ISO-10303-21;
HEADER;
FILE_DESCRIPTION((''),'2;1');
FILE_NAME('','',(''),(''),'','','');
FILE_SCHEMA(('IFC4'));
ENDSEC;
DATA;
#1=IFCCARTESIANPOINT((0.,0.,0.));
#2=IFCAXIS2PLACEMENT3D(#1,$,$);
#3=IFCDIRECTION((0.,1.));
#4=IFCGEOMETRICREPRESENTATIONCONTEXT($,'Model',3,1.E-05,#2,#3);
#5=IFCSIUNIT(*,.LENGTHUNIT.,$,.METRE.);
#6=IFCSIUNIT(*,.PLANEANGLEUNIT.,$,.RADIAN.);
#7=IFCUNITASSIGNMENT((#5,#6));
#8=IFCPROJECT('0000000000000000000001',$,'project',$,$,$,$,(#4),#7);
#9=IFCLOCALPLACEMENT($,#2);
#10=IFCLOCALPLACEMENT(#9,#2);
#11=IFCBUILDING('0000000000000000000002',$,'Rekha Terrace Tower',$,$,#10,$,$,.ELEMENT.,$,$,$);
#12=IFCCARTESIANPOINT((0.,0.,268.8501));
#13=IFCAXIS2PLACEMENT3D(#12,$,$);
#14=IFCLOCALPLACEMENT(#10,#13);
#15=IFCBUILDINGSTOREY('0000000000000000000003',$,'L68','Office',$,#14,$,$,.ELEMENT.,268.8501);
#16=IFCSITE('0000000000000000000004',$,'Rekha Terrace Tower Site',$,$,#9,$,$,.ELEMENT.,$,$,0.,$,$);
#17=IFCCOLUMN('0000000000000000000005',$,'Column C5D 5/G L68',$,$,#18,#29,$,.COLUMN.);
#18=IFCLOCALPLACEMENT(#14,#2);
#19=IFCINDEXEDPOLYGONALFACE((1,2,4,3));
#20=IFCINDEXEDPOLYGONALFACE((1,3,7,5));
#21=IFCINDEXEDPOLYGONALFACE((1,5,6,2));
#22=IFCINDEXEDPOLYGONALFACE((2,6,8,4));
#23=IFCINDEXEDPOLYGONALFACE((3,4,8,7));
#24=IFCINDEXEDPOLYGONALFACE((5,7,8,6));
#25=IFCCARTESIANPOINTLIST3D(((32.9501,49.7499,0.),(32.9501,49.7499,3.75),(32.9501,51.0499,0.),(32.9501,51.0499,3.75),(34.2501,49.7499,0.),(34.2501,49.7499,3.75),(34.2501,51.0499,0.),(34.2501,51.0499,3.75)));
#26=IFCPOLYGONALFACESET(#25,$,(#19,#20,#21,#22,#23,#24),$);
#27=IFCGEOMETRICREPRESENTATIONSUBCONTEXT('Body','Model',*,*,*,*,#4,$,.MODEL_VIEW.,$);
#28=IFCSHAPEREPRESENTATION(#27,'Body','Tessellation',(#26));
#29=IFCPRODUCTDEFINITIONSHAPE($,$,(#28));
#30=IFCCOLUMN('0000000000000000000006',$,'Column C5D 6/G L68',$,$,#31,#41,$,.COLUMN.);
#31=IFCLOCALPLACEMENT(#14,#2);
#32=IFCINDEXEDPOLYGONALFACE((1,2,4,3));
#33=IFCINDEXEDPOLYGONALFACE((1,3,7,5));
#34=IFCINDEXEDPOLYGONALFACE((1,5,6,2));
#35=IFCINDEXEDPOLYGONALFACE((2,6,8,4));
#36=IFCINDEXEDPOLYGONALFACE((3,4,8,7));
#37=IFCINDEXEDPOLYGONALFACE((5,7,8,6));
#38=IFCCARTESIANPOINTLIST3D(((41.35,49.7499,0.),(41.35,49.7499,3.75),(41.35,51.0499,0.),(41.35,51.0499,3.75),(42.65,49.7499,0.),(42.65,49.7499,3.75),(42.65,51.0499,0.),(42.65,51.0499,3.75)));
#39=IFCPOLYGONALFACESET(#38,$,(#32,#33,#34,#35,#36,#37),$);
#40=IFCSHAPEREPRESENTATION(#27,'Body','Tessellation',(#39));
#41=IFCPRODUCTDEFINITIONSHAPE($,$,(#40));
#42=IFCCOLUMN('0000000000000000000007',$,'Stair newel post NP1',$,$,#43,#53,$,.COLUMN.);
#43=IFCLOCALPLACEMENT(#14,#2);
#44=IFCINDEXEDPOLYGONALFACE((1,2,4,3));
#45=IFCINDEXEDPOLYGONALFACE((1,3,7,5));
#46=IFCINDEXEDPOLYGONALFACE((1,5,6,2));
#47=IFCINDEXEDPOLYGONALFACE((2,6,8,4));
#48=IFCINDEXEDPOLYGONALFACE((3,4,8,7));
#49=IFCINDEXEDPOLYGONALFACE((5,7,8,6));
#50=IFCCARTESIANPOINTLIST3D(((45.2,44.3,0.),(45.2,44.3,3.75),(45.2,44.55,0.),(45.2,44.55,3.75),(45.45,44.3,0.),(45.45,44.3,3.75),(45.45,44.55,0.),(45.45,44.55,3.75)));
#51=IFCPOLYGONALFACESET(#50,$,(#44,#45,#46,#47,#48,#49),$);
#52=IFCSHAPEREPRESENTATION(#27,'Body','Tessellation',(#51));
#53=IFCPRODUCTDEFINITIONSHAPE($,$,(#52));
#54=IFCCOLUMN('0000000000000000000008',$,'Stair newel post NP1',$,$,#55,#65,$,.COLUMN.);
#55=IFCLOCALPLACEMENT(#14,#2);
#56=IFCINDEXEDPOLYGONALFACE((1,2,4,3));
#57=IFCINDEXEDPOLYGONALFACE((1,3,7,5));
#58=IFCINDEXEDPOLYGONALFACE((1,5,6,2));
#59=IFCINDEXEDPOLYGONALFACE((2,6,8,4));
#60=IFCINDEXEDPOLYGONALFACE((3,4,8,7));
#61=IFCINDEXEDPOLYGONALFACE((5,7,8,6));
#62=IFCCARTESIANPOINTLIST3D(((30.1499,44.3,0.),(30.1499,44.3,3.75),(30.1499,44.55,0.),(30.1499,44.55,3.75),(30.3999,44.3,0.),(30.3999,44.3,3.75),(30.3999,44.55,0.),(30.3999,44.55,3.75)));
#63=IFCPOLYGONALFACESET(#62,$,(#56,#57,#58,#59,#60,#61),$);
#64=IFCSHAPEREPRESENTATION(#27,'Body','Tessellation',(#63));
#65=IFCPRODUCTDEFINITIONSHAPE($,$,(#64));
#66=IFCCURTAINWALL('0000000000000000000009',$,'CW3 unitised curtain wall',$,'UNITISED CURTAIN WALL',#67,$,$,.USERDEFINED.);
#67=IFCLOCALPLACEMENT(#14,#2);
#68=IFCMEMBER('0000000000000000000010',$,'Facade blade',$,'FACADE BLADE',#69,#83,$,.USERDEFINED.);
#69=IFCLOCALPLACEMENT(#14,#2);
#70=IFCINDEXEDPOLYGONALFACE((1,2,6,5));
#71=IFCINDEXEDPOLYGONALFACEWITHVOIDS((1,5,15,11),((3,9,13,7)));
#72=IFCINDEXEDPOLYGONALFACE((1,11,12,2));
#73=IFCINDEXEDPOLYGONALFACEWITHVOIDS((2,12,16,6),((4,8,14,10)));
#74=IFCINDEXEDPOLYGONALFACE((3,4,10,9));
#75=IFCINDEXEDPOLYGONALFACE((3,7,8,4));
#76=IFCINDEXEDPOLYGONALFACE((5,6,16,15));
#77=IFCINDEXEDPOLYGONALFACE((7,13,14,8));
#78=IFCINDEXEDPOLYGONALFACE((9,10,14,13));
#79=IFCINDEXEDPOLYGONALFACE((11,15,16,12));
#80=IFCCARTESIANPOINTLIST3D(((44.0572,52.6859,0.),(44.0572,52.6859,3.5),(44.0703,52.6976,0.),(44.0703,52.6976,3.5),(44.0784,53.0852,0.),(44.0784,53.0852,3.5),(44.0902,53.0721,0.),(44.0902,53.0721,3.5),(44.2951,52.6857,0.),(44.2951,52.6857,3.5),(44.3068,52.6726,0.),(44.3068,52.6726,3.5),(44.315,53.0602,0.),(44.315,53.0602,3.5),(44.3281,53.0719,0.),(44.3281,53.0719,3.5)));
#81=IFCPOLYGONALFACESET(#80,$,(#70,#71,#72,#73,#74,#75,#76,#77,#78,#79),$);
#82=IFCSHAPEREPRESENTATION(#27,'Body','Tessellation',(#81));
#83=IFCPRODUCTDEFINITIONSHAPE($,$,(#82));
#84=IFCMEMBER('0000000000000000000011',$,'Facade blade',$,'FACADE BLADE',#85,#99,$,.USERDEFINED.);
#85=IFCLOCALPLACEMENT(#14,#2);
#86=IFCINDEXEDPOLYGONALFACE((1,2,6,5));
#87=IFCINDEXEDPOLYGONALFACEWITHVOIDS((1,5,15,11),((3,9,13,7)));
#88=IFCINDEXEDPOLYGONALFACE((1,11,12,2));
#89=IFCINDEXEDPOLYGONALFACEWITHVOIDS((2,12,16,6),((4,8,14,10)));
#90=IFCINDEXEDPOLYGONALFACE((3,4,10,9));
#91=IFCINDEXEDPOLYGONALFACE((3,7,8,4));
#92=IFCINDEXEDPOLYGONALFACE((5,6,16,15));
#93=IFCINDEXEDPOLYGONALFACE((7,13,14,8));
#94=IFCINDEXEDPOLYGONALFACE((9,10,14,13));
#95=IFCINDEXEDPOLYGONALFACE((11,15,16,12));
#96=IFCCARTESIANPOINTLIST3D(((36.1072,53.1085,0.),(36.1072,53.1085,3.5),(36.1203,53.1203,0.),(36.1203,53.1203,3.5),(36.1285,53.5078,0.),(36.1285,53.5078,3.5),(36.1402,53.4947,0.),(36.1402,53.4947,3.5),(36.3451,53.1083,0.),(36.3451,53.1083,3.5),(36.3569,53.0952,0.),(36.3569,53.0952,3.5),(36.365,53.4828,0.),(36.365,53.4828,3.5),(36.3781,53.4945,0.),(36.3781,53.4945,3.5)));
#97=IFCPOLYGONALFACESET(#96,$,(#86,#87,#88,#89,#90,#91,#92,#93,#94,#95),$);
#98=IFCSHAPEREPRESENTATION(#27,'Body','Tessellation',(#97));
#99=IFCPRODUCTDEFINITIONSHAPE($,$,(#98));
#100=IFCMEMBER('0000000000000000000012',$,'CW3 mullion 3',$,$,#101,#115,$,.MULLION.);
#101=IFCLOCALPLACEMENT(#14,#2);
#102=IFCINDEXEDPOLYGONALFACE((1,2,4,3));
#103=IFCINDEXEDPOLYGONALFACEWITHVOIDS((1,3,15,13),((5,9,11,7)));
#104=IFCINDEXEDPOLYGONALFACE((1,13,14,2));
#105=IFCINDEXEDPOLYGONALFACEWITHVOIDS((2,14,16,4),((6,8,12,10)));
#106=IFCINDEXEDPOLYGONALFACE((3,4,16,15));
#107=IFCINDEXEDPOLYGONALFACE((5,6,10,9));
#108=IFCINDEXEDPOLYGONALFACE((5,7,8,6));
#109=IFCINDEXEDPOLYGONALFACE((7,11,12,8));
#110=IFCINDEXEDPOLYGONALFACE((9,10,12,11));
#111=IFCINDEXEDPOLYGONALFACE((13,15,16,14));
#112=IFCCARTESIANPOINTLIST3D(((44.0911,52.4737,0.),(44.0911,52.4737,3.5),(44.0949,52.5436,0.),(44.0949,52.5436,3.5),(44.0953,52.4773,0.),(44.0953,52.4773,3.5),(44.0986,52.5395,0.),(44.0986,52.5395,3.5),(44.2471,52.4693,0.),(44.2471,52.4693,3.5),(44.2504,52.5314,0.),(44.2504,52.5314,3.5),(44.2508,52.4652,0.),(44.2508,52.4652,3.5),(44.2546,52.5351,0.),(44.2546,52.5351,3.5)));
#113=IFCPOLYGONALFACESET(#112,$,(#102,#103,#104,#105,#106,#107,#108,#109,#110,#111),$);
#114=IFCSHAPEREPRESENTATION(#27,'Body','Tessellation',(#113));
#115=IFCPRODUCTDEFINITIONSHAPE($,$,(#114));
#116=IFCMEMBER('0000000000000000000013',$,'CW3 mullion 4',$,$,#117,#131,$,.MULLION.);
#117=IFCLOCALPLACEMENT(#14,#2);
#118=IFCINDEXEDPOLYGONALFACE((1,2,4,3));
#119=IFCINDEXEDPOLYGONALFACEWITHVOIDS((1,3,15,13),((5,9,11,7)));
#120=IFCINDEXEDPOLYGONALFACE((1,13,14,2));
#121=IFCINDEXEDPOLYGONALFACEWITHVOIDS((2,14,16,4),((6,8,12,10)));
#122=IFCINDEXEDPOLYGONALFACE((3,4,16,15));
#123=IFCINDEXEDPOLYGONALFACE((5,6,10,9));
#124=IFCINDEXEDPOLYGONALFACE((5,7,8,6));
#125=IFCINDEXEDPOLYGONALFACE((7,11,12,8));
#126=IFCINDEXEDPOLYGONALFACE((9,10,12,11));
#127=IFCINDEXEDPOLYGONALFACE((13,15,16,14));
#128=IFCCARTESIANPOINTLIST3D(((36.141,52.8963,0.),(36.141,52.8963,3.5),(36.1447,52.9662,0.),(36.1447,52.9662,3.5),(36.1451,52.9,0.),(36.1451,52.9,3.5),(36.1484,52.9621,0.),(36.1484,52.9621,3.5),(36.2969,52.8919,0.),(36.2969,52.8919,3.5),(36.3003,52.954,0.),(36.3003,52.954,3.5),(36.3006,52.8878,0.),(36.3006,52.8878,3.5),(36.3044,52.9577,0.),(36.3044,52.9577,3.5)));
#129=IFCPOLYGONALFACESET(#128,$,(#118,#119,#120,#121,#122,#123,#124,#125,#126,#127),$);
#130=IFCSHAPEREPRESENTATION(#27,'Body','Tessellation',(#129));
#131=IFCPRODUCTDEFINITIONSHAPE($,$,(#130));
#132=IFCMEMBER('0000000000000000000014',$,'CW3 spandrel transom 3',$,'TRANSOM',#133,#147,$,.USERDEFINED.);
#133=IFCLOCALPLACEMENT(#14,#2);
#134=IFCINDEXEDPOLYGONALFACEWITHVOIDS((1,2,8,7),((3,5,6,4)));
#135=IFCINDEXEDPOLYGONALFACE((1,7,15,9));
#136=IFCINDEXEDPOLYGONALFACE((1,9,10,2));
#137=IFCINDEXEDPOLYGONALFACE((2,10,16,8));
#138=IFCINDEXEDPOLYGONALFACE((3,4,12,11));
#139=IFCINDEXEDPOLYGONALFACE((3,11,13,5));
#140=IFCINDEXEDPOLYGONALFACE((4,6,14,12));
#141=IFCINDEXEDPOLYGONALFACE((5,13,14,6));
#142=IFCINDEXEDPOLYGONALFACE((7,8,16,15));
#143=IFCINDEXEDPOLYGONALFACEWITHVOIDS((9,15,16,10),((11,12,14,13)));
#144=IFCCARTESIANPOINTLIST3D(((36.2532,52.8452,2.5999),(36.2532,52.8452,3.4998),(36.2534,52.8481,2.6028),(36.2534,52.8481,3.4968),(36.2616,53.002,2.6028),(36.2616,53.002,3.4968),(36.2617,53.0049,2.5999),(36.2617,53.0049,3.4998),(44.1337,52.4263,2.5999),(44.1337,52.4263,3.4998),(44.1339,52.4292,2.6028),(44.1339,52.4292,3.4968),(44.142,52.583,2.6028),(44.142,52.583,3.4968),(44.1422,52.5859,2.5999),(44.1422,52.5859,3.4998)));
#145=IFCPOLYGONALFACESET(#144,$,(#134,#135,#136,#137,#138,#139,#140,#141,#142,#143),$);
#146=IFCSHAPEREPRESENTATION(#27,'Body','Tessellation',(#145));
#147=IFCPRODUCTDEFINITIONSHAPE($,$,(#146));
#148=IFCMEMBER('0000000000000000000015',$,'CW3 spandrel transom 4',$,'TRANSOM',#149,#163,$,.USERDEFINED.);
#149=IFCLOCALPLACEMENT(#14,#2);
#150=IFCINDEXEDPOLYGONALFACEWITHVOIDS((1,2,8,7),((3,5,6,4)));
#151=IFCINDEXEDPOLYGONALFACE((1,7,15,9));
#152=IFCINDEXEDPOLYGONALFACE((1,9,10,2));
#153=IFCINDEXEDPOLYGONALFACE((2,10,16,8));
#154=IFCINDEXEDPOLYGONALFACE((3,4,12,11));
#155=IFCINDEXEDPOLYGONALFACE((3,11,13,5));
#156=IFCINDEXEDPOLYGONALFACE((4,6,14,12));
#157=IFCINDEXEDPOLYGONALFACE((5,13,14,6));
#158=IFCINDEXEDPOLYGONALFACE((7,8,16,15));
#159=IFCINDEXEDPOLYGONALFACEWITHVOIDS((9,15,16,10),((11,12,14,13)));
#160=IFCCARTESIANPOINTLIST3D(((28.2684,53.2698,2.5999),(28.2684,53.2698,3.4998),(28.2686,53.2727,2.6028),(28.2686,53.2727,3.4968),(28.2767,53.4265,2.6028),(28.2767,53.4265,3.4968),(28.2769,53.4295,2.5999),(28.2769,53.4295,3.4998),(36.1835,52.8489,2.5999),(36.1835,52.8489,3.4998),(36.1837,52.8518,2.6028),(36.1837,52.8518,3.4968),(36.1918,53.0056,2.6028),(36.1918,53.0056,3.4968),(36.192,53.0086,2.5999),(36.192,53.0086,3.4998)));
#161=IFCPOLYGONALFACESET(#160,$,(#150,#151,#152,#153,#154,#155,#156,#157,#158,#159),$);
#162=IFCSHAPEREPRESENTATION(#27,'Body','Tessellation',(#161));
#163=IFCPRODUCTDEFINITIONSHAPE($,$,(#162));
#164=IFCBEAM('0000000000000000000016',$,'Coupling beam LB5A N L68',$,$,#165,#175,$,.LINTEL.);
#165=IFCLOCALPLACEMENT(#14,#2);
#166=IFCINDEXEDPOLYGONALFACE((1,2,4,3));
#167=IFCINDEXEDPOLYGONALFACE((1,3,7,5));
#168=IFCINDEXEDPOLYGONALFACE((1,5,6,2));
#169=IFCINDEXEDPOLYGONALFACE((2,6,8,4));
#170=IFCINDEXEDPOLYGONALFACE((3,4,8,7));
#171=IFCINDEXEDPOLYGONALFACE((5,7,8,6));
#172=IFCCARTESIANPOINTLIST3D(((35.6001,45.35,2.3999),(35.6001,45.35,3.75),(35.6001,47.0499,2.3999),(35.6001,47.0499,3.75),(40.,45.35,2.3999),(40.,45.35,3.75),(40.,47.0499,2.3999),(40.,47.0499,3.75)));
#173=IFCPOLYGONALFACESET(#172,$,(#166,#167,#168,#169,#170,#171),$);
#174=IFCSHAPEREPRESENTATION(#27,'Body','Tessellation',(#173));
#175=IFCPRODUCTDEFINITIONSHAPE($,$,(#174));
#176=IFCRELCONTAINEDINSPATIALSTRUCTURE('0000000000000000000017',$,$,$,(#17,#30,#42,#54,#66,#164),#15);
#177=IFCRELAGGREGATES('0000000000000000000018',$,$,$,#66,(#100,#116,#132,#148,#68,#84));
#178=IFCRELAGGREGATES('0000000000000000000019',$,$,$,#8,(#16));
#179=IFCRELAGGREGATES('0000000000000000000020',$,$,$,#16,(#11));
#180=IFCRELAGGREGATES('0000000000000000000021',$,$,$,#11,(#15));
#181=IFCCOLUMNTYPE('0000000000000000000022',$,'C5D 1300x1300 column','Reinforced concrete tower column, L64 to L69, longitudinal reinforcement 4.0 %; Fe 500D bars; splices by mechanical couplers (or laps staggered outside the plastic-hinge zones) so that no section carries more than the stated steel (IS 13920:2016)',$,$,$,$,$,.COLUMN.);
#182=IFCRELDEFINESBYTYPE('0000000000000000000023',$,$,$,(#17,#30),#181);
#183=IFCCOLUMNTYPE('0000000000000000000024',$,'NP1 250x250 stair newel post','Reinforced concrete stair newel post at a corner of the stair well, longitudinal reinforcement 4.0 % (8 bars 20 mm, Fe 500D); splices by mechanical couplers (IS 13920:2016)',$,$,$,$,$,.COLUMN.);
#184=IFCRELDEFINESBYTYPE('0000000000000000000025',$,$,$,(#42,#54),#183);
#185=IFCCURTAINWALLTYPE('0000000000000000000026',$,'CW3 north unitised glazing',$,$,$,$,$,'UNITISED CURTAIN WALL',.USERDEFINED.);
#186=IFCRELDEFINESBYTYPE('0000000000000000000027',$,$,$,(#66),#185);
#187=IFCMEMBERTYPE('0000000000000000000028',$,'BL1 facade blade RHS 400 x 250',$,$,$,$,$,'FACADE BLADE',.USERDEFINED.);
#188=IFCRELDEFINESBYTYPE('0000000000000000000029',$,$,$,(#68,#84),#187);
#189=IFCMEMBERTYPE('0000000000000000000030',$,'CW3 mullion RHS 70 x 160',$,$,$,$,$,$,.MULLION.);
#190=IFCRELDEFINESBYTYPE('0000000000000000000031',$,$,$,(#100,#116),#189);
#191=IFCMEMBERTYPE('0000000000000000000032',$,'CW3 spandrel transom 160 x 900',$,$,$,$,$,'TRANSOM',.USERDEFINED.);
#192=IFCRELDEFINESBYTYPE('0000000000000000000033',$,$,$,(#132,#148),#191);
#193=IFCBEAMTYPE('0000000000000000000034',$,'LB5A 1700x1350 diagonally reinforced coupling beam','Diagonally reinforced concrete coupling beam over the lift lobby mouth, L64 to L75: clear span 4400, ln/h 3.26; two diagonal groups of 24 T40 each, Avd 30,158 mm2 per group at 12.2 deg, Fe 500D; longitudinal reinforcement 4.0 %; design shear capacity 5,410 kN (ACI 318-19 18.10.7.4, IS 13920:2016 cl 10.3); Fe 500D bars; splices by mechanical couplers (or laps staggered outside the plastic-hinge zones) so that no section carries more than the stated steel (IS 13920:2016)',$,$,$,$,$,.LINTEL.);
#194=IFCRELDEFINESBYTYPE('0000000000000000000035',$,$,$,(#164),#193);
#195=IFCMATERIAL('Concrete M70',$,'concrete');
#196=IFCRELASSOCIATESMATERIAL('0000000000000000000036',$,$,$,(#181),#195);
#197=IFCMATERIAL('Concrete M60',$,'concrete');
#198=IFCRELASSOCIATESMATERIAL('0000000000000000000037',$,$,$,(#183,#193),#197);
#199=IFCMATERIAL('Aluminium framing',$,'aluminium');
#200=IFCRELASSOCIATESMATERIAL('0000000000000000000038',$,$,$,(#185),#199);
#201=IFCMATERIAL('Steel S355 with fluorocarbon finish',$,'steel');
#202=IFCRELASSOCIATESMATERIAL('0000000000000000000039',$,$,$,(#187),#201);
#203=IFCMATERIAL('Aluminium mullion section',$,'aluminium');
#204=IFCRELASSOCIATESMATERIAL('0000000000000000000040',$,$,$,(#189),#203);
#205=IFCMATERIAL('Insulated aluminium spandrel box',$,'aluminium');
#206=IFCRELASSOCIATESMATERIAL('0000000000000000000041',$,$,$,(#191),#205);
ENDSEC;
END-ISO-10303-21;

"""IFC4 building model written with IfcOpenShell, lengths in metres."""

from ifc_helpers import new_model, si_unit, direction, frame, origin, origin_2d, place, context, subcontext, project, spatial, rectangle, hollow_rectangle, extrude, material, material_profile, profile_set, type_object, element, aggregate, save


model = new_model("IFC4")

# Units and contexts
model_context = context("Model", 3, precision=1e-05, world=origin(), true_north=direction((0.0, 1.0)))
body_context = subcontext(model_context, "Body", "Model", "MODEL_VIEW")
ifc_project = project(units=[si_unit("LENGTHUNIT", "METRE"), si_unit("PLANEANGLEUNIT", "RADIAN")], contexts=[model_context])

# Site, building, storey
site_placement = place(None, origin())
site = spatial("IfcSite", under=ifc_project, at=site_placement, Name="Rekha Terrace Tower Site", CompositionType="ELEMENT", RefElevation=0.0)
building_placement = place(site_placement, origin())
building = spatial("IfcBuilding", under=site, at=building_placement, Name="Rekha Terrace Tower", CompositionType="ELEMENT")
storey_placement = place(building_placement, frame((0.0, 0.0, 268.8501)))
storey = spatial("IfcBuildingStorey", under=building, at=storey_placement, Name="L68", Description="Office", CompositionType="ELEMENT", Elevation=268.8501)

# Columns
ifc_material_1 = material(Name="Concrete M70", Category="concrete")
ifc_material_profile_1 = material_profile(ifc_material_1, rectangle(XDim=1.3, YDim=1.3, at=origin_2d()), Name="RC 1300x1300")
ifc_profile_set_1 = profile_set([ifc_material_profile_1], Name="Concrete M70")
column_type_1 = type_object("IfcColumnType", Name="C5D 1300x1300 column", Description="Reinforced concrete tower column, L64 to L69, longitudinal reinforcement 4.0 %; Fe 500D bars; splices by mechanical couplers (or laps staggered outside the plastic-hinge zones) so that no section carries more than the stated steel (IS 13920:2016)", PredefinedType="COLUMN", material=ifc_profile_set_1)
for number, where, z_axis, x_axis, name in (
    (1, (33.6001, 50.3999, 0.0), (0.0, 0.0, 1.0), (1.0, 0.0, 0.0), "Column C5D 5/G L68"),
    (2, (42.0, 50.3999, 0.0), (0.0, 0.0, 1.0), (1.0, 0.0, 0.0), "Column C5D 6/G L68"),
):
    element("IfcColumn", number, at=place(storey_placement, frame(where, z_axis=z_axis, x_axis=x_axis)), inside=storey, type_object=column_type_1, Name=name, PredefinedType="COLUMN", context=body_context, shape_type="SweptSolid", body=[
        extrude(rectangle(XDim=1.3, YDim=1.3, at=origin_2d()), origin(), (0.0, 0.0, 1.0), 3.75),
    ])
ifc_material_2 = material(Name="Concrete M60", Category="concrete")
ifc_material_profile_2 = material_profile(ifc_material_2, rectangle(XDim=0.25, YDim=0.25, at=origin_2d()), Name="RC 250x250")
ifc_profile_set_2 = profile_set([ifc_material_profile_2], Name="Concrete M60")
column_type_2 = type_object("IfcColumnType", Name="NP1 250x250 stair newel post", Description="Reinforced concrete stair newel post at a corner of the stair well, longitudinal reinforcement 4.0 % (8 bars 20 mm, Fe 500D); splices by mechanical couplers (IS 13920:2016)", PredefinedType="COLUMN", material=ifc_profile_set_2)
for number, where, z_axis, x_axis, name in (
    (3, (45.325, 44.425, 0.0), (0.0, 0.0, 1.0), (1.0, 0.0, 0.0), "Stair newel post NP1"),
    (4, (30.2749, 44.425, 0.0), (0.0, 0.0, 1.0), (1.0, 0.0, 0.0), "Stair newel post NP1"),
):
    element("IfcColumn", number, at=place(storey_placement, frame(where, z_axis=z_axis, x_axis=x_axis)), inside=storey, type_object=column_type_2, Name=name, PredefinedType="COLUMN", context=body_context, shape_type="SweptSolid", body=[
        extrude(rectangle(XDim=0.25, YDim=0.25, at=origin_2d()), origin(), (0.0, 0.0, 1.0), 3.75),
    ])

# Curtain wall, members
ifc_material_3 = material(Name="Aluminium framing", Category="aluminium")
curtain_wall_type = type_object("IfcCurtainWallType", Name="CW3 north unitised glazing", ElementType="UNITISED CURTAIN WALL", PredefinedType="USERDEFINED", material=ifc_material_3)
curtain_wall_placement = place(storey_placement, origin())
curtain_wall = element("IfcCurtainWall", 5, at=curtain_wall_placement, inside=storey, type_object=curtain_wall_type, Name="CW3 unitised curtain wall", ObjectType="UNITISED CURTAIN WALL", PredefinedType="USERDEFINED")
ifc_material_4 = material(Name="Steel S355 with fluorocarbon finish", Category="steel")
ifc_material_profile_3 = material_profile(ifc_material_4, hollow_rectangle(XDim=0.25, YDim=0.3999, WallThickness=0.0125, at=origin_2d()), Name="RHS400x250x12.5")
ifc_profile_set_3 = profile_set([ifc_material_profile_3], Name="Steel S355 with fluorocarbon finish")
member_type_1 = type_object("IfcMemberType", Name="BL1 facade blade RHS 400 x 250", ElementType="FACADE BLADE", PredefinedType="USERDEFINED", material=ifc_profile_set_3)
member_1_placement = place(storey_placement, frame((44.1926, 52.8789, 0.0), z_axis=(0.0, 0.0, 1.0), x_axis=(-0.99859, 0.053084, 0.0)))
member_1 = element("IfcMember", 6, at=member_1_placement, type_object=member_type_1, Name="Facade blade", ObjectType="FACADE BLADE", PredefinedType="USERDEFINED", context=body_context, shape_type="SweptSolid", body=[
    extrude(hollow_rectangle(XDim=0.25, YDim=0.3999, WallThickness=0.0125, at=origin_2d()), origin(), (0.0, 0.0, 1.0), 3.5),
])
member_2_placement = place(storey_placement, frame((36.2427, 53.3015, 0.0), z_axis=(0.0, 0.0, 1.0), x_axis=(-0.99859, 0.053084, 0.0)))
member_2 = element("IfcMember", 7, at=member_2_placement, type_object=member_type_1, Name="Facade blade", ObjectType="FACADE BLADE", PredefinedType="USERDEFINED", context=body_context, shape_type="SweptSolid", body=[
    extrude(hollow_rectangle(XDim=0.25, YDim=0.3999, WallThickness=0.0125, at=origin_2d()), origin(), (0.0, 0.0, 1.0), 3.5),
])
ifc_material_5 = material(Name="Aluminium mullion section", Category="aluminium")
ifc_material_profile_4 = material_profile(ifc_material_5, hollow_rectangle(XDim=0.0701, YDim=0.1599, WallThickness=0.0039, at=origin_2d()), Name="AL RHS 70x160")
ifc_profile_set_4 = profile_set([ifc_material_profile_4], Name="Aluminium mullion section")
member_type_2 = type_object("IfcMemberType", Name="CW3 mullion RHS 70 x 160", PredefinedType="MULLION", material=ifc_profile_set_4)
member_3_placement = place(storey_placement, frame((44.1729, 52.5044, 0.0), z_axis=(0.0, 0.0, 1.0), x_axis=(-0.053083, -0.99859, 0.0)))
member_3 = element("IfcMember", 8, at=member_3_placement, type_object=member_type_2, Name="CW3 mullion 3", PredefinedType="MULLION", context=body_context, shape_type="SweptSolid", body=[
    extrude(hollow_rectangle(XDim=0.0701, YDim=0.1599, WallThickness=0.0039, at=origin_2d()), origin(), (0.0, 0.0, 1.0), 3.5),
])
member_4_placement = place(storey_placement, frame((36.2227, 52.927, 0.0), z_axis=(0.0, 0.0, 1.0), x_axis=(-0.053083, -0.99859, 0.0)))
member_4 = element("IfcMember", 9, at=member_4_placement, type_object=member_type_2, Name="CW3 mullion 4", PredefinedType="MULLION", context=body_context, shape_type="SweptSolid", body=[
    extrude(hollow_rectangle(XDim=0.0701, YDim=0.1599, WallThickness=0.0039, at=origin_2d()), origin(), (0.0, 0.0, 1.0), 3.5),
])
ifc_material_6 = material(Name="Insulated aluminium spandrel box", Category="aluminium")
ifc_material_profile_5 = material_profile(ifc_material_6, hollow_rectangle(XDim=0.1599, YDim=0.8999, WallThickness=0.0029, at=origin_2d()), Name="AL SPANDREL BOX 160x900")
ifc_profile_set_5 = profile_set([ifc_material_profile_5], Name="Insulated aluminium spandrel box")
member_type_3 = type_object("IfcMemberType", Name="CW3 spandrel transom 160 x 900", ElementType="TRANSOM", PredefinedType="USERDEFINED", material=ifc_profile_set_5)
member_5_placement = place(storey_placement, frame((44.1379, 52.5061, 3.0498), z_axis=(-0.99859, 0.053088, 0.0), x_axis=(-0.053088, -0.99859, 0.0)))
member_5 = element("IfcMember", 10, at=member_5_placement, type_object=member_type_3, Name="CW3 spandrel transom 3", ObjectType="TRANSOM", PredefinedType="USERDEFINED", context=body_context, shape_type="SweptSolid", body=[
    extrude(hollow_rectangle(XDim=0.1599, YDim=0.8999, WallThickness=0.0029, at=origin_2d()), origin(), (0.0, 0.0, 1.0), 7.8916),
])
member_6_placement = place(storey_placement, frame((36.1877, 52.9287, 3.0498), z_axis=(-0.998589, 0.053102, 0.0), x_axis=(-0.053102, -0.998589, 0.0)))
member_6 = element("IfcMember", 11, at=member_6_placement, type_object=member_type_3, Name="CW3 spandrel transom 4", ObjectType="TRANSOM", PredefinedType="USERDEFINED", context=body_context, shape_type="SweptSolid", body=[
    extrude(hollow_rectangle(XDim=0.1599, YDim=0.8999, WallThickness=0.0029, at=origin_2d()), origin(), (0.0, 0.0, 1.0), 7.9263),
])

# Beam
ifc_material_profile_6 = material_profile(ifc_material_2, rectangle(XDim=1.7, YDim=1.3501, at=origin_2d()), Name="RC 1700x1350")
ifc_profile_set_6 = profile_set([ifc_material_profile_6], Name="Concrete M60")
beam_type = type_object("IfcBeamType", Name="LB5A 1700x1350 diagonally reinforced coupling beam", Description="Diagonally reinforced concrete coupling beam over the lift lobby mouth, L64 to L75: clear span 4400, ln/h 3.26; two diagonal groups of 24 T40 each, Avd 30,158 mm2 per group at 12.2 deg, Fe 500D; longitudinal reinforcement 4.0 %; design shear capacity 5,410 kN (ACI 318-19 18.10.7.4, IS 13920:2016 cl 10.3); Fe 500D bars; splices by mechanical couplers (or laps staggered outside the plastic-hinge zones) so that no section carries more than the stated steel (IS 13920:2016)", PredefinedType="LINTEL", material=ifc_profile_set_6)
beam_placement = place(storey_placement, frame((35.6001, 46.2, 3.075), z_axis=(1.0, 0.0, 0.0), x_axis=(0.0, 1.0, 0.0)))
element("IfcBeam", 12, at=beam_placement, inside=storey, type_object=beam_type, Name="Coupling beam LB5A N L68", PredefinedType="LINTEL", context=body_context, shape_type="SweptSolid", body=[
    extrude(rectangle(XDim=1.7, YDim=1.3501, at=origin_2d()), origin(), (0.0, 0.0, 1.0), 4.3999),
])

aggregate(curtain_wall, [member_3, member_4, member_5, member_6, member_1, member_2])

save(model, "model.ifc")
